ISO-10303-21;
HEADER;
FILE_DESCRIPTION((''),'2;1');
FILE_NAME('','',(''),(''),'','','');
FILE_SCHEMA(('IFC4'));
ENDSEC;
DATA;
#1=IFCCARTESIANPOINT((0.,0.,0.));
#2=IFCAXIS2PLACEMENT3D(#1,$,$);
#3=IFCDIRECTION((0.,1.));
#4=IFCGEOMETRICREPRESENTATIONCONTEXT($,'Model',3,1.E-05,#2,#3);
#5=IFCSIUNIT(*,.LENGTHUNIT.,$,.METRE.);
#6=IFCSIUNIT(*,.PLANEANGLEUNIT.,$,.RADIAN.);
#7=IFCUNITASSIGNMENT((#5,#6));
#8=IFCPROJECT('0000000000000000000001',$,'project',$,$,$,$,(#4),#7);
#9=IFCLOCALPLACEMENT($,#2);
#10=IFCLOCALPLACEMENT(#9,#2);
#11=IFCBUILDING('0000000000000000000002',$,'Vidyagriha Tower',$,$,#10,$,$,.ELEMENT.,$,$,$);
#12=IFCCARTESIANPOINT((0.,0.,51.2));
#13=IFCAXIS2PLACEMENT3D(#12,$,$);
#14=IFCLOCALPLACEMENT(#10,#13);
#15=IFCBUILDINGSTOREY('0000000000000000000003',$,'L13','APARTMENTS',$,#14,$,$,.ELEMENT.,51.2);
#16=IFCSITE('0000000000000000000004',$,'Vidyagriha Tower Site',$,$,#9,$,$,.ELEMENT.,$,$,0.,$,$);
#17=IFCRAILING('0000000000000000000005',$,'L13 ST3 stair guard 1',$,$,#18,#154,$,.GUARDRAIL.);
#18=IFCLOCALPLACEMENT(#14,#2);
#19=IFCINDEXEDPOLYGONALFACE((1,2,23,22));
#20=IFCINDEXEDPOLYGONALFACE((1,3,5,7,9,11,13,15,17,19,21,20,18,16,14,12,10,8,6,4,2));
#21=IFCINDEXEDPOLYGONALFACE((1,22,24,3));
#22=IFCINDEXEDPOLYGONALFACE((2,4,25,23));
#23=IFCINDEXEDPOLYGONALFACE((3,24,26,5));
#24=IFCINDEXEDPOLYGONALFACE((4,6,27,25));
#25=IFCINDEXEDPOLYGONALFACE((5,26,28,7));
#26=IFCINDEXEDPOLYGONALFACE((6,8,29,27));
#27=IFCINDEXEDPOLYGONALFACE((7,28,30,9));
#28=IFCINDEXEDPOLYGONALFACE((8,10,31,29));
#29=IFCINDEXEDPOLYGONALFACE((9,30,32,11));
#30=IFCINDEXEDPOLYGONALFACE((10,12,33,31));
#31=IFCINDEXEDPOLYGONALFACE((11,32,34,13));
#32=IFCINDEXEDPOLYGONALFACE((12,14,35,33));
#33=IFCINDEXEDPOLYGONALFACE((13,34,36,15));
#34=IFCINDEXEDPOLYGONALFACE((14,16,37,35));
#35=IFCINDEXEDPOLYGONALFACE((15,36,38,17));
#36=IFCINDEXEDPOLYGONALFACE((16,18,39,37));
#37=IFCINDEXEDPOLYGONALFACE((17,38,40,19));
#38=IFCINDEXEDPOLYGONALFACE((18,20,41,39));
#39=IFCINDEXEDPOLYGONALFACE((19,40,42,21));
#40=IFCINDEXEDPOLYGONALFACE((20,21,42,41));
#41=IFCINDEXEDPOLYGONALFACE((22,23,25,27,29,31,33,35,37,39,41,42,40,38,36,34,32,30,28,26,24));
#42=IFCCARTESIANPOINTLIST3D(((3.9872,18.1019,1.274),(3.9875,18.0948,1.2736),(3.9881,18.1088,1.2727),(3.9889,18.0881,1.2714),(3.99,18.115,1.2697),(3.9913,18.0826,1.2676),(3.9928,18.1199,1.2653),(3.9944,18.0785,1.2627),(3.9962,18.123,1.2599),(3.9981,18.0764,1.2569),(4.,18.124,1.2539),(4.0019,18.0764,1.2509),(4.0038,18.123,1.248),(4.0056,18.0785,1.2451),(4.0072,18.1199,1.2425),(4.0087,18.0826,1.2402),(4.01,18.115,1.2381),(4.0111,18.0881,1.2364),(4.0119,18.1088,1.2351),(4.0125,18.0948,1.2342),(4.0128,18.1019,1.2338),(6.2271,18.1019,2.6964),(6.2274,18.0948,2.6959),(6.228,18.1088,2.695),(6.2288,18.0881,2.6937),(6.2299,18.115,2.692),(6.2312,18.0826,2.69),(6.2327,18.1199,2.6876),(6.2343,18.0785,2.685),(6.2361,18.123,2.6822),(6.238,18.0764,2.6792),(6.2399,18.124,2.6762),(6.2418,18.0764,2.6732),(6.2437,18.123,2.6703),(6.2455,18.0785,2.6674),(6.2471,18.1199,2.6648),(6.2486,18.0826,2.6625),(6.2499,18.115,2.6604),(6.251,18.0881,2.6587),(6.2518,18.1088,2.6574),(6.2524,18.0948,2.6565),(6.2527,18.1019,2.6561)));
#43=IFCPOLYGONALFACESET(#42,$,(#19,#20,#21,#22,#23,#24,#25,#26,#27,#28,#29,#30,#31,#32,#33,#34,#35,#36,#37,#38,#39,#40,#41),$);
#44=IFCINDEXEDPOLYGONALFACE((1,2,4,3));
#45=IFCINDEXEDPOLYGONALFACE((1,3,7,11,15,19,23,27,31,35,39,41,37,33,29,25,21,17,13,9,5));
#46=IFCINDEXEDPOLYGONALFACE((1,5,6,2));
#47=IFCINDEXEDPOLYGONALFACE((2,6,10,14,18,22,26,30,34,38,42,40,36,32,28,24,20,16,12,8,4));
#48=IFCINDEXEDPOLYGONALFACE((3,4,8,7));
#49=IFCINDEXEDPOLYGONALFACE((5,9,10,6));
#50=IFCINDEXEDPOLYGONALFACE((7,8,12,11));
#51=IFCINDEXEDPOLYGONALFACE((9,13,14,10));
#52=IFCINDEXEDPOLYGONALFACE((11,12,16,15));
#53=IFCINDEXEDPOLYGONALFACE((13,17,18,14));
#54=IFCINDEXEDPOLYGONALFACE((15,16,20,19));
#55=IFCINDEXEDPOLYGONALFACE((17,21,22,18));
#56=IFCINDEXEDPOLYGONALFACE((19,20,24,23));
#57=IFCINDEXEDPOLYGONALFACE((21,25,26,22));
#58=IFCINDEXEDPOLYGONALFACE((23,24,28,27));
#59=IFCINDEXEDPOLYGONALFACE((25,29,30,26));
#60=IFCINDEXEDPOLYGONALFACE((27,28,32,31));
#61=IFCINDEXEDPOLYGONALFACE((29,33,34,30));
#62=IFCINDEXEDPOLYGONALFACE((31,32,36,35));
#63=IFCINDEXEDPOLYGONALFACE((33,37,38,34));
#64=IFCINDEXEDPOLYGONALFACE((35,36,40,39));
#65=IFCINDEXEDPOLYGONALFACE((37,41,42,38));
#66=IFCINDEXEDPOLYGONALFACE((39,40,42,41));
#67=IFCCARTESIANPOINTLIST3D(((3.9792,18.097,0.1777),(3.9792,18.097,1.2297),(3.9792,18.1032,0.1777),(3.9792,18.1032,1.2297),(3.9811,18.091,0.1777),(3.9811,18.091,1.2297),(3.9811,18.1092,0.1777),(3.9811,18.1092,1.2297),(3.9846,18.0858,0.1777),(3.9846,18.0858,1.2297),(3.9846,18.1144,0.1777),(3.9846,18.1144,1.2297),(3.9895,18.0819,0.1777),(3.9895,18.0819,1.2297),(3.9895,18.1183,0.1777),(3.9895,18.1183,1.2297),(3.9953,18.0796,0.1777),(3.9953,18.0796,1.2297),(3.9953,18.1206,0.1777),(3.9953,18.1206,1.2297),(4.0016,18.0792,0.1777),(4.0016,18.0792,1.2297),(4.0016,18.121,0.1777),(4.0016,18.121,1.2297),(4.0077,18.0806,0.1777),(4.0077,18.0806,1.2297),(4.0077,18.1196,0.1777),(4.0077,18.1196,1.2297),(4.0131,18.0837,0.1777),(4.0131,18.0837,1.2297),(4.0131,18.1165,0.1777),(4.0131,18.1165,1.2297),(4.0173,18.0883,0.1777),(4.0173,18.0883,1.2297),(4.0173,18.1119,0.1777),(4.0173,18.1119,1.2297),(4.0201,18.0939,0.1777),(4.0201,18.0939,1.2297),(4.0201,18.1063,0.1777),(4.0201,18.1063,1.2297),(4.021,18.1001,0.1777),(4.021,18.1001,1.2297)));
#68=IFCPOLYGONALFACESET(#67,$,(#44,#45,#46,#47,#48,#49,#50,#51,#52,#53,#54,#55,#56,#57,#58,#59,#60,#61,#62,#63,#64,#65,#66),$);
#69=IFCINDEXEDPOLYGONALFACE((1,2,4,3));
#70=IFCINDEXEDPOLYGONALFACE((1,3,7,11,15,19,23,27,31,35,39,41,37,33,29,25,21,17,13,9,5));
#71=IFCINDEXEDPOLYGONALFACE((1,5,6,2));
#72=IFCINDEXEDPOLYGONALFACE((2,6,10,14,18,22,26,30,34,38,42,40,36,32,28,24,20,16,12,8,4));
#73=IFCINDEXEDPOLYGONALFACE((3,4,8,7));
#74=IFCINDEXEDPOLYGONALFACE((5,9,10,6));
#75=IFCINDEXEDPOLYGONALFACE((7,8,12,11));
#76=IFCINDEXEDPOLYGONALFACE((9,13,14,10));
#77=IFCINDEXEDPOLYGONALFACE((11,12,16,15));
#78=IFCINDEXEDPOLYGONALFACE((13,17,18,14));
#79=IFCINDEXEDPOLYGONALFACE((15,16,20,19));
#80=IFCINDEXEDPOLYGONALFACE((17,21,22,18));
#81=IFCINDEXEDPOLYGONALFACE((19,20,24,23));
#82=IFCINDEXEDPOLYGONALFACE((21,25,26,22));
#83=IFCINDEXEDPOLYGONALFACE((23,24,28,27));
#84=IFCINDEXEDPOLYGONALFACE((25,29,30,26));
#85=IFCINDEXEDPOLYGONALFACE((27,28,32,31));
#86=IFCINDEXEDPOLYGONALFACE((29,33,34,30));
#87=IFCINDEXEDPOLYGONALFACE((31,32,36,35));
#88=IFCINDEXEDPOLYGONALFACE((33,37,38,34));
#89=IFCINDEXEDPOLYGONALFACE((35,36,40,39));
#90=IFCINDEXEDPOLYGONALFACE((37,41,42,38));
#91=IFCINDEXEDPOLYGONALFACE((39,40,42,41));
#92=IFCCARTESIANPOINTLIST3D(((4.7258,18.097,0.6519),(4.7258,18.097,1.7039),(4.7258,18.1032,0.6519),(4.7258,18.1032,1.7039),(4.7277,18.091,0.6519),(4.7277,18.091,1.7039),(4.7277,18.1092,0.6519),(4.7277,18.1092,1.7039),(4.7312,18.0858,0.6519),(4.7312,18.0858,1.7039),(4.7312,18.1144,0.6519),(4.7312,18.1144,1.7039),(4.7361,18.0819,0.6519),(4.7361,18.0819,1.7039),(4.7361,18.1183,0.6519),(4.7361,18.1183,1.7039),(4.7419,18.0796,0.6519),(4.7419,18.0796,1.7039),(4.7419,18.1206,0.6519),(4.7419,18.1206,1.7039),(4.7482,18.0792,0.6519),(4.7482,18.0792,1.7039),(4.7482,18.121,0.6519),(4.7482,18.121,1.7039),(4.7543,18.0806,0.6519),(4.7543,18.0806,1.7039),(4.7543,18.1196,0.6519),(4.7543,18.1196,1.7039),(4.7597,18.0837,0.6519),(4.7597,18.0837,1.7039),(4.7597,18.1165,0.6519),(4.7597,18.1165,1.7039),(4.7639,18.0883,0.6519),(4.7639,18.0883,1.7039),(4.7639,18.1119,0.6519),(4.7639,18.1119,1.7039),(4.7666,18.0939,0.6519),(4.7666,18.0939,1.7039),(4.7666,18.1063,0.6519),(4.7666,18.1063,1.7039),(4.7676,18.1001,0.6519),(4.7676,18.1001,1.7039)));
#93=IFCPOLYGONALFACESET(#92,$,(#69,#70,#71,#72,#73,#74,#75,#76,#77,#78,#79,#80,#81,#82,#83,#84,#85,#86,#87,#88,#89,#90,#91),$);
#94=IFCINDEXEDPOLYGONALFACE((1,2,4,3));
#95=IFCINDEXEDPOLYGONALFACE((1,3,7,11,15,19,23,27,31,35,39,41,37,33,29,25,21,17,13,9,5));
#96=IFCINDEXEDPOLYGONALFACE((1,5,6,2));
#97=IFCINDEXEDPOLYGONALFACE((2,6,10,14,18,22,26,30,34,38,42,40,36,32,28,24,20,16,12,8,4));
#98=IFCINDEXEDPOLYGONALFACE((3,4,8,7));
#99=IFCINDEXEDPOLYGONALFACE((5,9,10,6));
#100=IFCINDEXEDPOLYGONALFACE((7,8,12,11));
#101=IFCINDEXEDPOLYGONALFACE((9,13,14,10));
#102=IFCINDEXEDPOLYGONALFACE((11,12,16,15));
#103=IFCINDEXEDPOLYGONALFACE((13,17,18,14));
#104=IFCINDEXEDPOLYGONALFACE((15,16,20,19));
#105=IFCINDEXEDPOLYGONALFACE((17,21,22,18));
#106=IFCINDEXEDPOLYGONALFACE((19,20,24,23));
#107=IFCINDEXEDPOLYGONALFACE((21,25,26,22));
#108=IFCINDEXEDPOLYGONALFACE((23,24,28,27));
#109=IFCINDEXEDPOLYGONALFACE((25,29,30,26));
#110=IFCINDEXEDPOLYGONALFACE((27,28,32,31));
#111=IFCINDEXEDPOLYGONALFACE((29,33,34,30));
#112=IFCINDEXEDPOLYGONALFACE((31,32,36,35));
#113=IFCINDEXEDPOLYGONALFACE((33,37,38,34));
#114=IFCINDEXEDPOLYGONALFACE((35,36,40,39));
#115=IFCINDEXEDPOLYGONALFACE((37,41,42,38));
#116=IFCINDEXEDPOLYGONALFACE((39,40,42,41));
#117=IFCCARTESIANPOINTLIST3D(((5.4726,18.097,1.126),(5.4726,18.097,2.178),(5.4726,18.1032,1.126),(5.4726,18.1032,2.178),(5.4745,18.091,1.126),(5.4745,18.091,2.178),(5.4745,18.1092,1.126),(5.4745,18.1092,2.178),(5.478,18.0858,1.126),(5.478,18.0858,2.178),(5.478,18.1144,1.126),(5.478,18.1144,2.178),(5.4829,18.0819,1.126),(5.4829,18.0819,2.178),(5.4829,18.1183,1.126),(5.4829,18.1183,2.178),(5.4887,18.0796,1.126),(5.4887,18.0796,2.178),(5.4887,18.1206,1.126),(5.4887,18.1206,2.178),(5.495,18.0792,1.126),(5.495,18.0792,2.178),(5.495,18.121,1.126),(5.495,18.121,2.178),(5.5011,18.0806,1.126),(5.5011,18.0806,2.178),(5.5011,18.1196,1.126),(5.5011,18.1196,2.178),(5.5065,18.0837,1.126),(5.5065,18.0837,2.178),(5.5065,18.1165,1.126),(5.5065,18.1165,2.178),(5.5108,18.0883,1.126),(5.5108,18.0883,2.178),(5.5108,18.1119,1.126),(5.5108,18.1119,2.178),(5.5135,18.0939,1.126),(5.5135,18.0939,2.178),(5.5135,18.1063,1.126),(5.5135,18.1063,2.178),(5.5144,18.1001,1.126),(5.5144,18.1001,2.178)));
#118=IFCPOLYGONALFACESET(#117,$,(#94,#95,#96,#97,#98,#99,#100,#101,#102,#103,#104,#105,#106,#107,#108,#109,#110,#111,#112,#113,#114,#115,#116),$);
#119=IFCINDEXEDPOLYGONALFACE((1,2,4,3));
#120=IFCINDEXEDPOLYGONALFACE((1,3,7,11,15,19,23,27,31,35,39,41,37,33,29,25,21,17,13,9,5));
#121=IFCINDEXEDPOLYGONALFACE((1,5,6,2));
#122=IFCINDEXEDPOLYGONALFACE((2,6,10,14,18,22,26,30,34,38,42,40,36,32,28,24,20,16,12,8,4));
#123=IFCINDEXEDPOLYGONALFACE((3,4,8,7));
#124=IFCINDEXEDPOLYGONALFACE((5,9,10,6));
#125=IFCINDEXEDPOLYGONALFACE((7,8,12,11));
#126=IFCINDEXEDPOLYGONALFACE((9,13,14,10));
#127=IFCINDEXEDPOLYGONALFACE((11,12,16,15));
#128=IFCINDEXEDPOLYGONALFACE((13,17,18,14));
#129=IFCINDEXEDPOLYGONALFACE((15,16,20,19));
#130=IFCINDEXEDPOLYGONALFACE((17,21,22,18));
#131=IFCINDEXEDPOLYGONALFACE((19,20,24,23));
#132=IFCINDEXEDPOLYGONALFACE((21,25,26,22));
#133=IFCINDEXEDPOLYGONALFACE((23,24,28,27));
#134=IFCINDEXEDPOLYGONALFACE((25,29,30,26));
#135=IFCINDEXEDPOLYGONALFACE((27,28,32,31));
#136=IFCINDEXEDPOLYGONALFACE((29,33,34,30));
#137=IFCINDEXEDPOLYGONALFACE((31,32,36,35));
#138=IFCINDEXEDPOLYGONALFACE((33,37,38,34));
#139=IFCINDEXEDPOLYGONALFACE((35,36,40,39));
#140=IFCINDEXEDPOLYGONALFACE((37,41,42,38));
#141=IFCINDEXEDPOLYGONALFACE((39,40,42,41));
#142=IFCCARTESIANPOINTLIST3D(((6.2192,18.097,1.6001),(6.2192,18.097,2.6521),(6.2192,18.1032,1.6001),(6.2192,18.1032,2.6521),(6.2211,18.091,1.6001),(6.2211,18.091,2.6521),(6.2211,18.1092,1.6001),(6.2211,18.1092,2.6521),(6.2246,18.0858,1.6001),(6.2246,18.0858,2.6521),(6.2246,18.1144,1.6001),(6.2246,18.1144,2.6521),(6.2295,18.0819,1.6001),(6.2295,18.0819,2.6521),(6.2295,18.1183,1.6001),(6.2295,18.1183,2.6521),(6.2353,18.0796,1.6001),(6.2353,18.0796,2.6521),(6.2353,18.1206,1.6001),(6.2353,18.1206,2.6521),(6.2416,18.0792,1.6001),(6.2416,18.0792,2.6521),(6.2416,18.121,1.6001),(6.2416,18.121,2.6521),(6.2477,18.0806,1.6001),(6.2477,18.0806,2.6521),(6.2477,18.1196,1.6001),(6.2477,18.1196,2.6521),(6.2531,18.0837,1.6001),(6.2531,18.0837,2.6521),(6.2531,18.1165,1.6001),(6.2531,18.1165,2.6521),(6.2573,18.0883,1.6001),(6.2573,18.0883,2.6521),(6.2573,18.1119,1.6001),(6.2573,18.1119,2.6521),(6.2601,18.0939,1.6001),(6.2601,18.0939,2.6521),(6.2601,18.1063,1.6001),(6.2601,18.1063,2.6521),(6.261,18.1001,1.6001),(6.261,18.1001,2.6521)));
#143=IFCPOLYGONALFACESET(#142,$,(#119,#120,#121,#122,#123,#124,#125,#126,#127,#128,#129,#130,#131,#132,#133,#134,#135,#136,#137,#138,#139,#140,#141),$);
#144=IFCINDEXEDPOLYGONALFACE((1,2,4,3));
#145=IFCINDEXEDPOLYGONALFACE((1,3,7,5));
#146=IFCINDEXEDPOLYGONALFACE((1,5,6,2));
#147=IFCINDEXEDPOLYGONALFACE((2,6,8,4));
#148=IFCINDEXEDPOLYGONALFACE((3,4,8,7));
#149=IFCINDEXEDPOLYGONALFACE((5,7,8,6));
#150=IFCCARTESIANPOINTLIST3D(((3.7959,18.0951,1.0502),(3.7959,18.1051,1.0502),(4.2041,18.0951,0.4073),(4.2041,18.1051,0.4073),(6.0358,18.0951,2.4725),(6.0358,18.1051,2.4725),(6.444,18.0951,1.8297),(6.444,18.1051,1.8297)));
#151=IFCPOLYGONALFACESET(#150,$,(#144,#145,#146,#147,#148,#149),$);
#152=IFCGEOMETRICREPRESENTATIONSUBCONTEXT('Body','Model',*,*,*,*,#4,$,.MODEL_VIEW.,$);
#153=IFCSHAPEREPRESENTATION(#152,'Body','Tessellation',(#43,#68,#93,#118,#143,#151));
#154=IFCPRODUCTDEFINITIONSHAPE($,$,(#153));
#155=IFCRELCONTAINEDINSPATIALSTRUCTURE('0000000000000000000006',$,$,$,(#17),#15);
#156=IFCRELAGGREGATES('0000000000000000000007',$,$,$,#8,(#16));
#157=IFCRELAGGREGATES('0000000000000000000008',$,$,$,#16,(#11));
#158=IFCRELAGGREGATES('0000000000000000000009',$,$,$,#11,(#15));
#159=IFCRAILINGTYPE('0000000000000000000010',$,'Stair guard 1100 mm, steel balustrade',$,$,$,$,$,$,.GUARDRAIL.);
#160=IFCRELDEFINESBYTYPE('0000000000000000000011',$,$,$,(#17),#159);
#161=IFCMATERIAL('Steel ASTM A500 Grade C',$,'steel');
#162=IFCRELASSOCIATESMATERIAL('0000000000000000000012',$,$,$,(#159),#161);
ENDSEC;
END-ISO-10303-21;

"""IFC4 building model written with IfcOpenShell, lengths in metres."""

from ifc_helpers import new_model, si_unit, direction, frame, origin, origin_2d, place, context, subcontext, project, spatial, rectangle, circle, extrude, material, type_object, element, save


model = new_model("IFC4")

# Units and contexts
model_context = context("Model", 3, precision=1e-05, world=origin(), true_north=direction((0.0, 1.0)))
body_context = subcontext(model_context, "Body", "Model", "MODEL_VIEW")
ifc_project = project(units=[si_unit("LENGTHUNIT", "METRE"), si_unit("PLANEANGLEUNIT", "RADIAN")], contexts=[model_context])

# Site, building, storey
site_placement = place(None, origin())
site = spatial("IfcSite", under=ifc_project, at=site_placement, Name="Vidyagriha Tower Site", CompositionType="ELEMENT", RefElevation=0.0)
building_placement = place(site_placement, origin())
building = spatial("IfcBuilding", under=site, at=building_placement, Name="Vidyagriha Tower", CompositionType="ELEMENT")
storey_placement = place(building_placement, frame((0.0, 0.0, 51.2)))
storey = spatial("IfcBuildingStorey", under=building, at=storey_placement, Name="L13", Description="APARTMENTS", CompositionType="ELEMENT", Elevation=51.2)

# Railing
ifc_material_1 = material(Name="Steel ASTM A500 Grade C", Category="steel")
railing_type_1 = type_object("IfcRailingType", Name="Stair guard 1100 mm, steel balustrade", PredefinedType="GUARDRAIL", material=ifc_material_1)
railing_1_placement = place(storey_placement, frame((4.0, 18.1001, 0.1777)))
element("IfcRailing", 1, at=railing_1_placement, inside=storey, type_object=railing_type_1, Name="L13 ST3 stair guard 1", PredefinedType="GUARDRAIL", context=body_context, shape_type="SweptSolid", body=[
    extrude(circle(Radius=0.0239, at=origin_2d()), frame((0.0, 0.0, 1.0762), z_axis=(0.844188, 0.0, 0.536048), x_axis=(0.0, 1.0, 0.0)), (0.0, 0.0, 1.0), 2.6533),
    extrude(circle(Radius=0.021, at=origin_2d()), origin(), (0.0, 0.0, 1.0), 1.052),
    extrude(circle(Radius=0.021, at=origin_2d()), frame((0.7466, 0.0, 0.4741)), (0.0, 0.0, 1.0), 1.052),
    extrude(circle(Radius=0.021, at=origin_2d()), frame((1.4934, 0.0, 0.9482)), (0.0, 0.0, 1.0), 1.052),
    extrude(circle(Radius=0.021, at=origin_2d()), frame((2.24, 0.0, 1.4224)), (0.0, 0.0, 1.0), 1.052),
    extrude(rectangle(XDim=0.01, YDim=0.7615, at=origin_2d()), frame((0.0, 0.0, 0.551), z_axis=(0.844188, 0.0, 0.536048), x_axis=(0.0, 1.0, 0.0)), (0.0, 0.0, 1.0), 2.6533),
])

save(model, "model.ifc")
